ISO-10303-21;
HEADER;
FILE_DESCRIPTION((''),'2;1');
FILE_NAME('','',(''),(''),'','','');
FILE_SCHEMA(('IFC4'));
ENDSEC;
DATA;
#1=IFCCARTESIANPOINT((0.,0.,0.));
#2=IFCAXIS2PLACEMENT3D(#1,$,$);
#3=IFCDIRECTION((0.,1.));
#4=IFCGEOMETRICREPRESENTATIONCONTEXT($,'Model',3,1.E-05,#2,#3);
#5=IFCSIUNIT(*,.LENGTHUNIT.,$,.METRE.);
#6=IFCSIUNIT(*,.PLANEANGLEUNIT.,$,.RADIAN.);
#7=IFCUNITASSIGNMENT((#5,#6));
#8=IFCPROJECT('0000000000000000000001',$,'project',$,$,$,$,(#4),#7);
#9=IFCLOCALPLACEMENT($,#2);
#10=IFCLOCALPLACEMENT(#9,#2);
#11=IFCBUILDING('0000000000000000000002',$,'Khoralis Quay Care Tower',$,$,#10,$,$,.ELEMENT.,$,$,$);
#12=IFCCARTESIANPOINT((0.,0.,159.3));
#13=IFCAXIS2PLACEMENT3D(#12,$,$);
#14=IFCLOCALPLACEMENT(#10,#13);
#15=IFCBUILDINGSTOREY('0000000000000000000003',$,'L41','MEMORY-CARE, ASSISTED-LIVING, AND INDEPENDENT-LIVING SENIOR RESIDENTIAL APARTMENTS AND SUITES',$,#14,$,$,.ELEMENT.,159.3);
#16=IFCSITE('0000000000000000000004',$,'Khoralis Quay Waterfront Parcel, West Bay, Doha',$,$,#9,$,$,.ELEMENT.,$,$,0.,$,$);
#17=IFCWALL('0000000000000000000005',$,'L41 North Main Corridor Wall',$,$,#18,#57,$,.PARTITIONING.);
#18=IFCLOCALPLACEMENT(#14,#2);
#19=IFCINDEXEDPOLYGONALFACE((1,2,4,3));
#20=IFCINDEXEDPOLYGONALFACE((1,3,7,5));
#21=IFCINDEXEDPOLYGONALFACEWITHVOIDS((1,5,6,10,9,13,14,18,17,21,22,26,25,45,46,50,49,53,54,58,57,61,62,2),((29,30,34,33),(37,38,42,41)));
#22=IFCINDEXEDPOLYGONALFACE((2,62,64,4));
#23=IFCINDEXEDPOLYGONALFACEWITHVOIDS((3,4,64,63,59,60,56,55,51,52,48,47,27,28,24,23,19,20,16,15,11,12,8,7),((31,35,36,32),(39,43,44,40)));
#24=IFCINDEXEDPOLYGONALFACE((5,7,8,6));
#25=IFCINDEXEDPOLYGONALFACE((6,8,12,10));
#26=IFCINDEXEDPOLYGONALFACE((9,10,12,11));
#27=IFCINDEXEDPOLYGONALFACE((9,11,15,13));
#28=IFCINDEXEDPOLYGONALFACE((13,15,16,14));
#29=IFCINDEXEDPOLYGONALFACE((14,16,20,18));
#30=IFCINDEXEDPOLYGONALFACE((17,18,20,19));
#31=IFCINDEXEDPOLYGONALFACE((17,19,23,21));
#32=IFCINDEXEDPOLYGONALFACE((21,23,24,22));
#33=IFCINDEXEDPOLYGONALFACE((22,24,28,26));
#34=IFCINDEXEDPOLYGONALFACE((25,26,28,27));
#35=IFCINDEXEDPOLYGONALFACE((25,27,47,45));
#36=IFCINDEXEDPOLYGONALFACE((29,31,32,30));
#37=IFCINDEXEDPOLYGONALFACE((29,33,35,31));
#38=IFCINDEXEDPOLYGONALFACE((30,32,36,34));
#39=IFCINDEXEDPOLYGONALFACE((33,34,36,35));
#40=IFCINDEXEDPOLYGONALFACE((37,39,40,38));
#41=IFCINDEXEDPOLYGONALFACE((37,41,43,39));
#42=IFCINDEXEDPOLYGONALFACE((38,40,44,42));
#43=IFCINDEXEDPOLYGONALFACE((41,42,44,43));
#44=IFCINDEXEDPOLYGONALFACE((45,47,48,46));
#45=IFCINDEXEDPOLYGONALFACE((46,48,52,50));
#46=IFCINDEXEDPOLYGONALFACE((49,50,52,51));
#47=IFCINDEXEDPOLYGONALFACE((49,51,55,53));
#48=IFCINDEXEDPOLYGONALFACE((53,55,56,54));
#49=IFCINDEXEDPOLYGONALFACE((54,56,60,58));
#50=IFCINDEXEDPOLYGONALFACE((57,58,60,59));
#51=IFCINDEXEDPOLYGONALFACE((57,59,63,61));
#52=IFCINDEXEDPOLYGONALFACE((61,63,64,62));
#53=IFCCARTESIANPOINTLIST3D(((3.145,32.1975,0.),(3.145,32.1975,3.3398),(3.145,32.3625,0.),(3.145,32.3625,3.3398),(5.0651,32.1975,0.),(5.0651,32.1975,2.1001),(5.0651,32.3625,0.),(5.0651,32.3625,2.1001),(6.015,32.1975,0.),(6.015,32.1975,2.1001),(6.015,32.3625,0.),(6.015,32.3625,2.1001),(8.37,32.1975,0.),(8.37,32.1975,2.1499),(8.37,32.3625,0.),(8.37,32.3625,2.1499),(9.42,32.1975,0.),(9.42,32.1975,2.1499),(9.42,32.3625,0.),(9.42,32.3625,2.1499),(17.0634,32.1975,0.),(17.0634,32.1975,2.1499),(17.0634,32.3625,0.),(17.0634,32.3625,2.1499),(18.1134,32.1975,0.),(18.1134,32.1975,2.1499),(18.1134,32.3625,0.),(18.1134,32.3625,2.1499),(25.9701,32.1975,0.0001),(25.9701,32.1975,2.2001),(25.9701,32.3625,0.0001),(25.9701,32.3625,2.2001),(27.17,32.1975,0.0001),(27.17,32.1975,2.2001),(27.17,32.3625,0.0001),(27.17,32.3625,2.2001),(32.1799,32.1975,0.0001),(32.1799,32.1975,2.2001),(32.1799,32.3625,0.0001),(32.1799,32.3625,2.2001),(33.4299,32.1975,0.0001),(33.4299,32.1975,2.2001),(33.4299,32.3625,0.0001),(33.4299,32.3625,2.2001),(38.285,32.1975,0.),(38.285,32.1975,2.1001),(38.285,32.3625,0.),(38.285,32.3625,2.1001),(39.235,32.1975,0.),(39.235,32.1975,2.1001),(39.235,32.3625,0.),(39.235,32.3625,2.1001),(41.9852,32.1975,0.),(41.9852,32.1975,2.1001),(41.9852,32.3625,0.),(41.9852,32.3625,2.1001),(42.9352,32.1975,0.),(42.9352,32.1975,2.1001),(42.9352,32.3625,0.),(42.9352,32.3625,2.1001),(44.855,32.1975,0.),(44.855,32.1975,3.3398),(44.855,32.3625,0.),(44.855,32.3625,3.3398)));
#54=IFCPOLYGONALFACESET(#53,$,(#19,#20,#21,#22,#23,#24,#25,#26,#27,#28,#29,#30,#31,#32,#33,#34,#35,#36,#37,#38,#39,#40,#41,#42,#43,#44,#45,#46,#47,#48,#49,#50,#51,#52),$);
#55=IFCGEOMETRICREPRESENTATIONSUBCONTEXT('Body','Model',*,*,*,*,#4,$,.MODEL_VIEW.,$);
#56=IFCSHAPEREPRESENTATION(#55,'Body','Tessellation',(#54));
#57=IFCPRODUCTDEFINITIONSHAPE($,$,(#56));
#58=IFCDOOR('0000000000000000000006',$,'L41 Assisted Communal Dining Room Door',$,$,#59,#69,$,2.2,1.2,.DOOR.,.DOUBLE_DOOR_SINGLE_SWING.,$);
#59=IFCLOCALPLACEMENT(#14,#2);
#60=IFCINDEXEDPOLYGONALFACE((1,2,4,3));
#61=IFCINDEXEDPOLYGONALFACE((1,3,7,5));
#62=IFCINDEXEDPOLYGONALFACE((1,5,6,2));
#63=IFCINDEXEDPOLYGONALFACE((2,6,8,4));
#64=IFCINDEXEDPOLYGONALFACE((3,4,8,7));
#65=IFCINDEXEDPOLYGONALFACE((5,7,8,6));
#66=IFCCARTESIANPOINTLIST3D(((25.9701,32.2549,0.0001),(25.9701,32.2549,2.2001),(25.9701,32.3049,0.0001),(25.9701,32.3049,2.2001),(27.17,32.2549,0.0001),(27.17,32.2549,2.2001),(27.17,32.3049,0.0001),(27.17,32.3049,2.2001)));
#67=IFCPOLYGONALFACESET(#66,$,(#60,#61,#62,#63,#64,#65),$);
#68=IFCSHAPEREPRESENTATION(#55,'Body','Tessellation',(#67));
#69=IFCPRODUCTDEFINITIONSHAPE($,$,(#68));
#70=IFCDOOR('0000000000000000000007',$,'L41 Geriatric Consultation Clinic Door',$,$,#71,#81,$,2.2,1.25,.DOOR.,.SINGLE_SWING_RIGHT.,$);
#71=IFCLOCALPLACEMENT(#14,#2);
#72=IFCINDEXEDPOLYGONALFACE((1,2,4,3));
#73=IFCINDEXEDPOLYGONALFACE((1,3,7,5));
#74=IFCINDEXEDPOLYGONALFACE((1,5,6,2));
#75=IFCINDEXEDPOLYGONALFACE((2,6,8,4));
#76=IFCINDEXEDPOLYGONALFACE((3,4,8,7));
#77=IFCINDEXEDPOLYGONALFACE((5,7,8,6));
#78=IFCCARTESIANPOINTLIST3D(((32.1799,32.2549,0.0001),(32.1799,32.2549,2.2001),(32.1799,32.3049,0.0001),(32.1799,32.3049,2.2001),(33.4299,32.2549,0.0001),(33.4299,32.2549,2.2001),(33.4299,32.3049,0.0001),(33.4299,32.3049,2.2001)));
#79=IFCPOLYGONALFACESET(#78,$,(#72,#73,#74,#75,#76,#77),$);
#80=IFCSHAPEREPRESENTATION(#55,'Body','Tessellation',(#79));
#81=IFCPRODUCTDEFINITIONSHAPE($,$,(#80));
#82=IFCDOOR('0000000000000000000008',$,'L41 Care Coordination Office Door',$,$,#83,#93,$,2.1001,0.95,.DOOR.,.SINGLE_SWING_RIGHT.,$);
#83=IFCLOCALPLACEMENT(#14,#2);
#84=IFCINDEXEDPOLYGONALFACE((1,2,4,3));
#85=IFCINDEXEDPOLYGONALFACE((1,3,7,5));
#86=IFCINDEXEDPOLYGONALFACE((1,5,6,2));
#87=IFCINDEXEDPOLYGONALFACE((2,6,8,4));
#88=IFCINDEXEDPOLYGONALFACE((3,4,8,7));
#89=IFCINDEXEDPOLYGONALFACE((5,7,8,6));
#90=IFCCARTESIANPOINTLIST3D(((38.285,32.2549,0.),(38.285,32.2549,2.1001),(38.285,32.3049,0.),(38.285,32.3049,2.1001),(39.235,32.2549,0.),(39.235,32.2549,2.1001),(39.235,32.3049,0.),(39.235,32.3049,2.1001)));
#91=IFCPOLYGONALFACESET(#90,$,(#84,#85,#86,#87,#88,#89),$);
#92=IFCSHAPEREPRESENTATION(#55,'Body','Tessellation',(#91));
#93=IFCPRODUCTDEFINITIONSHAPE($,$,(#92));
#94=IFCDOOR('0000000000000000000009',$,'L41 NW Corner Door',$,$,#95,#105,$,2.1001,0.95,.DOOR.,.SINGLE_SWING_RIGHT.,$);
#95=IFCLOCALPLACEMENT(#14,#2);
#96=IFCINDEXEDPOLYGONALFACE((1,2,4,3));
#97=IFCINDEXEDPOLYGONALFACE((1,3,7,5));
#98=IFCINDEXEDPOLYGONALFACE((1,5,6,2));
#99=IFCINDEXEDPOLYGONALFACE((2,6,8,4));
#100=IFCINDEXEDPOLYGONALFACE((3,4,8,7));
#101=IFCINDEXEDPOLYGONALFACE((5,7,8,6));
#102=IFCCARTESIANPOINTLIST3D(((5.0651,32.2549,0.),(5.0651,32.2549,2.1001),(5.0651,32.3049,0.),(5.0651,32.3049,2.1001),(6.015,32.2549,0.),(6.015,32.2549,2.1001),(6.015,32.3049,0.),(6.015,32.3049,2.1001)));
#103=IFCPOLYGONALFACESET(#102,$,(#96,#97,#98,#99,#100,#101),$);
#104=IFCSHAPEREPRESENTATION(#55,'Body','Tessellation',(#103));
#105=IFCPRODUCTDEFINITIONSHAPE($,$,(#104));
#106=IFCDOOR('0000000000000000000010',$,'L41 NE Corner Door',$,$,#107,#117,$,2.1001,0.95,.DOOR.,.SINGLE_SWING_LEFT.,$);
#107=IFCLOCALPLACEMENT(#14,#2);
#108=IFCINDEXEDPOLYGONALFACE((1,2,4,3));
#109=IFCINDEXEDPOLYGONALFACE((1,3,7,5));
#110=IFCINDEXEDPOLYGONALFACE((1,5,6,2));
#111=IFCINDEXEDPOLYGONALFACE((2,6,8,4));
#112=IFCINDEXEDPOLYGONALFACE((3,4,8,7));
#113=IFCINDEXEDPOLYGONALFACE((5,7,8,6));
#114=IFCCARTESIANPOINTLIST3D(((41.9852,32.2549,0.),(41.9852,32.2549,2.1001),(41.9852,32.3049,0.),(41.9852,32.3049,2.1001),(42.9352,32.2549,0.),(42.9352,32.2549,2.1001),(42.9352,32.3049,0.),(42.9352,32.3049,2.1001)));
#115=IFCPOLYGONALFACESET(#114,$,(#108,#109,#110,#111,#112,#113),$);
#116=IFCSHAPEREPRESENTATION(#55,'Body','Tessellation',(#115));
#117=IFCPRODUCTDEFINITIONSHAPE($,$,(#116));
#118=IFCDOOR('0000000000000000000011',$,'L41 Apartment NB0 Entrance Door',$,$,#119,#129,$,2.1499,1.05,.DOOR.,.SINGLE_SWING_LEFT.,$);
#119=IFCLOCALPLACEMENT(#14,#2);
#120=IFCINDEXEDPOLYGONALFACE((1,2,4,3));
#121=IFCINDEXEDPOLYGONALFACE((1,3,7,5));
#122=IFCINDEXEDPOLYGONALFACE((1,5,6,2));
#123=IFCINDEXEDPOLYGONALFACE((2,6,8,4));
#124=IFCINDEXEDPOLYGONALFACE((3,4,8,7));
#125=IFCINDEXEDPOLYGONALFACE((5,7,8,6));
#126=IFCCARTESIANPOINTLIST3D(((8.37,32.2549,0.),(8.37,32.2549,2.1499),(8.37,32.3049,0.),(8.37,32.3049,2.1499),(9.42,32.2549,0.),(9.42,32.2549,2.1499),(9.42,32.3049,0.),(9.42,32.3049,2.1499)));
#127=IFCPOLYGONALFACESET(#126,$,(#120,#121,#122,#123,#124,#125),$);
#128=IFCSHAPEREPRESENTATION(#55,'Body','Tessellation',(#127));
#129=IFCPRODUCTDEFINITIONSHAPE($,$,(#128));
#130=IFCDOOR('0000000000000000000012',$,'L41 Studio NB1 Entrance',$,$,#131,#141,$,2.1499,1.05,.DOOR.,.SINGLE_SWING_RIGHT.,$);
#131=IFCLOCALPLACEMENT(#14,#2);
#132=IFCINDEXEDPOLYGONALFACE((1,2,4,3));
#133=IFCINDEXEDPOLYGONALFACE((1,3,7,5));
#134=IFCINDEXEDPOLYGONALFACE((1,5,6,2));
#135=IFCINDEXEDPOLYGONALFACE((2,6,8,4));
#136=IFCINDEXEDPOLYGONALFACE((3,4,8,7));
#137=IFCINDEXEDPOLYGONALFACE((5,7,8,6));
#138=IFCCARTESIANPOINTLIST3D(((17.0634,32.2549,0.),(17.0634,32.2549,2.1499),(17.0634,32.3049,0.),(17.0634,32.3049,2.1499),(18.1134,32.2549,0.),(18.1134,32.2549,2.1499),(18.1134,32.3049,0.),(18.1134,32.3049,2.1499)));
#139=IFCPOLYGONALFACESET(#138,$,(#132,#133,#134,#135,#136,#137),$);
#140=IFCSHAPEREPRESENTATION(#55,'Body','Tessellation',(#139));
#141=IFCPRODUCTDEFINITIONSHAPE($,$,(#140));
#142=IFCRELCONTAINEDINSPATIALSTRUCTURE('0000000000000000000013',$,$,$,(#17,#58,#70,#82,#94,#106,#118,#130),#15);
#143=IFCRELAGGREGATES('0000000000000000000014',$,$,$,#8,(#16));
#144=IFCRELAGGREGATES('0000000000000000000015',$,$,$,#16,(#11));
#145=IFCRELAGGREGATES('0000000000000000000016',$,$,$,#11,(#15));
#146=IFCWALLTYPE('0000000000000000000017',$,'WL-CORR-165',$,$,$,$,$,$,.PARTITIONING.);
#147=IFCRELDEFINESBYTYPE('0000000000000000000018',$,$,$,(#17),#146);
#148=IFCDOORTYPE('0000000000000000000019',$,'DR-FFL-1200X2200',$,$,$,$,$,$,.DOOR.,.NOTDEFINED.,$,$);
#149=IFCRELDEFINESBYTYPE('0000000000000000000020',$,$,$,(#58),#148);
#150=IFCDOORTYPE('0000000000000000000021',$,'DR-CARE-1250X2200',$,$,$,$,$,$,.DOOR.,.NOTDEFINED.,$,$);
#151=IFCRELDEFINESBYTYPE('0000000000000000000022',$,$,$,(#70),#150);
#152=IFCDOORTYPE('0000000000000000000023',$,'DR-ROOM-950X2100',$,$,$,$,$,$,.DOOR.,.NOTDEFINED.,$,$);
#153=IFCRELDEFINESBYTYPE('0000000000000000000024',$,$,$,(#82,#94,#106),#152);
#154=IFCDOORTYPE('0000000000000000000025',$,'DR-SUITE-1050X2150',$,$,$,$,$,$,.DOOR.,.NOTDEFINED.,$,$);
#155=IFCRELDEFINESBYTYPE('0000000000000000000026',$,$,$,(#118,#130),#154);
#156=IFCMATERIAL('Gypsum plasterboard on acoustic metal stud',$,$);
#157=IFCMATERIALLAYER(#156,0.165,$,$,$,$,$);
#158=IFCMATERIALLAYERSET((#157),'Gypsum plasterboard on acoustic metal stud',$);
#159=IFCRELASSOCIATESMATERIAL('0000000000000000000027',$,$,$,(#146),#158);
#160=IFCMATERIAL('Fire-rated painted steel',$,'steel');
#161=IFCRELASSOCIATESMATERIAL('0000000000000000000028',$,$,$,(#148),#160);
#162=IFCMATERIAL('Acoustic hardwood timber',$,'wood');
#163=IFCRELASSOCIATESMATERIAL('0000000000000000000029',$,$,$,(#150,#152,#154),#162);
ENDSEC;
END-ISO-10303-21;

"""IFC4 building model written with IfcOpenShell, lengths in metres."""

from ifc_helpers import new_model, si_unit, direction, frame, frame_2d, origin, place, context, subcontext, project, spatial, rectangle, extrude, source, transform, mapped, material, layer, layer_set, type_object, element, fill, save


model = new_model("IFC4")

# Units and contexts
model_context = context("Model", 3, precision=1e-05, world=origin(), true_north=direction((0.0, 1.0)))
body_context = subcontext(model_context, "Body", "Model", "MODEL_VIEW")
ifc_project = project(units=[si_unit("LENGTHUNIT", "METRE"), si_unit("PLANEANGLEUNIT", "RADIAN")], contexts=[model_context])

# Site, building, storey
site_placement = place(None, origin())
site = spatial("IfcSite", under=ifc_project, at=site_placement, Name="Khoralis Quay Waterfront Parcel, West Bay, Doha", CompositionType="ELEMENT", RefElevation=0.0)
building_placement = place(site_placement, origin())
building = spatial("IfcBuilding", under=site, at=building_placement, Name="Khoralis Quay Care Tower", CompositionType="ELEMENT")
storey_placement = place(building_placement, frame((0.0, 0.0, 159.3)))
storey = spatial("IfcBuildingStorey", under=building, at=storey_placement, Name="L41", Description="MEMORY-CARE, ASSISTED-LIVING, AND INDEPENDENT-LIVING SENIOR RESIDENTIAL APARTMENTS AND SUITES", CompositionType="ELEMENT", Elevation=159.3)

# Shared definitions
ifc_material_1 = material(Name="Gypsum plasterboard on acoustic metal stud")
ifc_layer_1 = layer(ifc_material_1, 0.165)
ifc_layer_set_1 = layer_set([ifc_layer_1], Name="Gypsum plasterboard on acoustic metal stud")
wall_type_1 = type_object("IfcWallType", Name="WL-CORR-165", PredefinedType="PARTITIONING", material=ifc_layer_set_1)
ifc_material_2 = material(Name="Fire-rated painted steel", Category="steel")
door_type_1 = type_object("IfcDoorType", Name="DR-FFL-1200X2200", OperationType="NOTDEFINED", PredefinedType="DOOR", material=ifc_material_2)
shared_shape_1 = source(origin(), body_context, "Body", "SweptSolid", [
    extrude(rectangle(XDim=1.2, YDim=2.2, at=frame_2d((0.6001, 1.1001))), frame((0.0, 0.0249, 0.0), z_axis=(0.0, -1.0, 0.0), x_axis=(1.0, 0.0, 0.0)), (0.0, 0.0, 1.0), 0.05),
])

# Wall, openings, doors
wall_1_placement = place(storey_placement, frame((3.145, 32.28, 0.0), z_axis=(0.0, 0.0, 1.0), x_axis=(1.0, 0.0, 0.0)))
wall_1 = element("IfcWall", 1, at=wall_1_placement, inside=storey, type_object=wall_type_1, Name="L41 North Main Corridor Wall", PredefinedType="PARTITIONING", context=body_context, shape_type="SweptSolid", body=[
    extrude(rectangle(XDim=41.71, YDim=0.165, at=frame_2d((20.855, 0.0))), origin(), (0.0, 0.0, 1.0), 3.3398),
])
opening_1_placement = place(wall_1_placement, frame((5.2251, 0.0, 0.0)))
opening_1 = element("IfcOpeningElement", 2, at=opening_1_placement, cuts=wall_1, PredefinedType="OPENING", context=body_context, shape_type="SweptSolid", body=[
    extrude(rectangle(XDim=1.05, YDim=2.1499, at=frame_2d((0.5249, 1.075))), frame((0.0, 0.0925, 0.0), z_axis=(0.0, -1.0, 0.0), x_axis=(1.0, 0.0, 0.0)), (0.0, 0.0, 1.0), 0.1851),
])
opening_2_placement = place(wall_1_placement, frame((13.9185, 0.0, 0.0)))
opening_2 = element("IfcOpeningElement", 3, at=opening_2_placement, cuts=wall_1, PredefinedType="OPENING", context=body_context, shape_type="SweptSolid", body=[
    extrude(rectangle(XDim=1.05, YDim=2.1499, at=frame_2d((0.5249, 1.075))), frame((0.0, 0.0925, 0.0), z_axis=(0.0, -1.0, 0.0), x_axis=(1.0, 0.0, 0.0)), (0.0, 0.0, 1.0), 0.1851),
])
opening_3_placement = place(wall_1_placement, frame((22.825, 0.0, 0.0)))
opening_3 = element("IfcOpeningElement", 4, at=opening_3_placement, cuts=wall_1, PredefinedType="OPENING", context=body_context, shape_type="SweptSolid", body=[
    extrude(rectangle(XDim=1.2, YDim=2.2, at=frame_2d((0.6001, 1.1001))), frame((0.0, 0.0925, 0.0), z_axis=(0.0, -1.0, 0.0), x_axis=(1.0, 0.0, 0.0)), (0.0, 0.0, 1.0), 0.1851),
])
opening_4_placement = place(wall_1_placement, frame((29.0349, 0.0, 0.0)))
opening_4 = element("IfcOpeningElement", 5, at=opening_4_placement, cuts=wall_1, PredefinedType="OPENING", context=body_context, shape_type="SweptSolid", body=[
    extrude(rectangle(XDim=1.25, YDim=2.2, at=frame_2d((0.625, 1.1001))), frame((0.0, 0.0925, 0.0), z_axis=(0.0, -1.0, 0.0), x_axis=(1.0, 0.0, 0.0)), (0.0, 0.0, 1.0), 0.1851),
])
opening_5_placement = place(wall_1_placement, frame((35.1399, 0.0, 0.0)))
opening_5 = element("IfcOpeningElement", 6, at=opening_5_placement, cuts=wall_1, PredefinedType="OPENING", context=body_context, shape_type="SweptSolid", body=[
    extrude(rectangle(XDim=0.95, YDim=2.1001, at=frame_2d((0.4751, 1.05))), frame((0.0, 0.0925, 0.0), z_axis=(0.0, -1.0, 0.0), x_axis=(1.0, 0.0, 0.0)), (0.0, 0.0, 1.0), 0.1851),
])
opening_6_placement = place(wall_1_placement, frame((1.9199, 0.0, 0.0)))
opening_6 = element("IfcOpeningElement", 7, at=opening_6_placement, cuts=wall_1, PredefinedType="OPENING", context=body_context, shape_type="SweptSolid", body=[
    extrude(rectangle(XDim=0.95, YDim=2.1001, at=frame_2d((0.4751, 1.05))), frame((0.0, 0.0925, 0.0), z_axis=(0.0, -1.0, 0.0), x_axis=(1.0, 0.0, 0.0)), (0.0, 0.0, 1.0), 0.1851),
])
opening_7_placement = place(wall_1_placement, frame((38.8401, 0.0, 0.0)))
opening_7 = element("IfcOpeningElement", 8, at=opening_7_placement, cuts=wall_1, PredefinedType="OPENING", context=body_context, shape_type="SweptSolid", body=[
    extrude(rectangle(XDim=0.95, YDim=2.1001, at=frame_2d((0.4751, 1.05))), frame((0.0, 0.0925, 0.0), z_axis=(0.0, -1.0, 0.0), x_axis=(1.0, 0.0, 0.0)), (0.0, 0.0, 1.0), 0.1851),
])
door_1_placement = place(opening_3_placement, origin())
door_1 = element("IfcDoor", 9, at=door_1_placement, inside=storey, type_object=door_type_1, Name="L41 Assisted Communal Dining Room Door", OperationType="DOUBLE_DOOR_SINGLE_SWING", OverallHeight=2.2, OverallWidth=1.2, PredefinedType="DOOR", context=body_context, shape_type="MappedRepresentation", body=[
    mapped(shared_shape_1, transform((0.0, 0.0, 0.0), scale=1.0)),
])
fill(opening_3, door_1)
ifc_material_3 = material(Name="Acoustic hardwood timber", Category="wood")
door_type_2 = type_object("IfcDoorType", Name="DR-CARE-1250X2200", OperationType="NOTDEFINED", PredefinedType="DOOR", material=ifc_material_3)
shared_shape_2 = source(origin(), body_context, "Body", "SweptSolid", [
    extrude(rectangle(XDim=1.25, YDim=2.2, at=frame_2d((0.625, 1.1001))), frame((0.0, 0.0249, 0.0), z_axis=(0.0, -1.0, 0.0), x_axis=(1.0, 0.0, 0.0)), (0.0, 0.0, 1.0), 0.05),
])
door_2_placement = place(opening_4_placement, origin())
door_2 = element("IfcDoor", 10, at=door_2_placement, inside=storey, type_object=door_type_2, Name="L41 Geriatric Consultation Clinic Door", OperationType="SINGLE_SWING_RIGHT", OverallHeight=2.2, OverallWidth=1.25, PredefinedType="DOOR", context=body_context, shape_type="MappedRepresentation", body=[
    mapped(shared_shape_2, transform((0.0, 0.0, 0.0), scale=1.0)),
])
fill(opening_4, door_2)
door_type_3 = type_object("IfcDoorType", Name="DR-ROOM-950X2100", OperationType="NOTDEFINED", PredefinedType="DOOR", material=ifc_material_3)
shared_shape_3 = source(origin(), body_context, "Body", "SweptSolid", [
    extrude(rectangle(XDim=0.95, YDim=2.1001, at=frame_2d((0.4751, 1.05))), frame((0.0, 0.0249, 0.0), z_axis=(0.0, -1.0, 0.0), x_axis=(1.0, 0.0, 0.0)), (0.0, 0.0, 1.0), 0.05),
])
door_3_placement = place(opening_5_placement, origin())
door_3 = element("IfcDoor", 11, at=door_3_placement, inside=storey, type_object=door_type_3, Name="L41 Care Coordination Office Door", OperationType="SINGLE_SWING_RIGHT", OverallHeight=2.1001, OverallWidth=0.95, PredefinedType="DOOR", context=body_context, shape_type="MappedRepresentation", body=[
    mapped(shared_shape_3, transform((0.0, 0.0, 0.0), scale=1.0)),
])
fill(opening_5, door_3)
door_4_placement = place(opening_6_placement, origin())
door_4 = element("IfcDoor", 12, at=door_4_placement, inside=storey, type_object=door_type_3, Name="L41 NW Corner Door", OperationType="SINGLE_SWING_RIGHT", OverallHeight=2.1001, OverallWidth=0.95, PredefinedType="DOOR", context=body_context, shape_type="MappedRepresentation", body=[
    mapped(shared_shape_3, transform((0.0, 0.0, 0.0), scale=1.0)),
])
fill(opening_6, door_4)
door_5_placement = place(opening_7_placement, origin())
door_5 = element("IfcDoor", 13, at=door_5_placement, inside=storey, type_object=door_type_3, Name="L41 NE Corner Door", OperationType="SINGLE_SWING_LEFT", OverallHeight=2.1001, OverallWidth=0.95, PredefinedType="DOOR", context=body_context, shape_type="MappedRepresentation", body=[
    mapped(shared_shape_3, transform((0.0, 0.0, 0.0), scale=1.0)),
])
fill(opening_7, door_5)
door_type_4 = type_object("IfcDoorType", Name="DR-SUITE-1050X2150", OperationType="NOTDEFINED", PredefinedType="DOOR", material=ifc_material_3)
shared_shape_4 = source(origin(), body_context, "Body", "SweptSolid", [
    extrude(rectangle(XDim=1.05, YDim=2.1499, at=frame_2d((0.5249, 1.075))), frame((0.0, 0.0249, 0.0), z_axis=(0.0, -1.0, 0.0), x_axis=(1.0, 0.0, 0.0)), (0.0, 0.0, 1.0), 0.05),
])
door_6_placement = place(opening_1_placement, origin())
door_6 = element("IfcDoor", 14, at=door_6_placement, inside=storey, type_object=door_type_4, Name="L41 Apartment NB0 Entrance Door", OperationType="SINGLE_SWING_LEFT", OverallHeight=2.1499, OverallWidth=1.05, PredefinedType="DOOR", context=body_context, shape_type="MappedRepresentation", body=[
    mapped(shared_shape_4, transform((0.0, 0.0, 0.0), scale=1.0)),
])
fill(opening_1, door_6)
door_7_placement = place(opening_2_placement, origin())
door_7 = element("IfcDoor", 15, at=door_7_placement, inside=storey, type_object=door_type_4, Name="L41 Studio NB1 Entrance", OperationType="SINGLE_SWING_RIGHT", OverallHeight=2.1499, OverallWidth=1.05, PredefinedType="DOOR", context=body_context, shape_type="MappedRepresentation", body=[
    mapped(shared_shape_4, transform((0.0, 0.0, 0.0), scale=1.0)),
])
fill(opening_2, door_7)

save(model, "model.ifc")
